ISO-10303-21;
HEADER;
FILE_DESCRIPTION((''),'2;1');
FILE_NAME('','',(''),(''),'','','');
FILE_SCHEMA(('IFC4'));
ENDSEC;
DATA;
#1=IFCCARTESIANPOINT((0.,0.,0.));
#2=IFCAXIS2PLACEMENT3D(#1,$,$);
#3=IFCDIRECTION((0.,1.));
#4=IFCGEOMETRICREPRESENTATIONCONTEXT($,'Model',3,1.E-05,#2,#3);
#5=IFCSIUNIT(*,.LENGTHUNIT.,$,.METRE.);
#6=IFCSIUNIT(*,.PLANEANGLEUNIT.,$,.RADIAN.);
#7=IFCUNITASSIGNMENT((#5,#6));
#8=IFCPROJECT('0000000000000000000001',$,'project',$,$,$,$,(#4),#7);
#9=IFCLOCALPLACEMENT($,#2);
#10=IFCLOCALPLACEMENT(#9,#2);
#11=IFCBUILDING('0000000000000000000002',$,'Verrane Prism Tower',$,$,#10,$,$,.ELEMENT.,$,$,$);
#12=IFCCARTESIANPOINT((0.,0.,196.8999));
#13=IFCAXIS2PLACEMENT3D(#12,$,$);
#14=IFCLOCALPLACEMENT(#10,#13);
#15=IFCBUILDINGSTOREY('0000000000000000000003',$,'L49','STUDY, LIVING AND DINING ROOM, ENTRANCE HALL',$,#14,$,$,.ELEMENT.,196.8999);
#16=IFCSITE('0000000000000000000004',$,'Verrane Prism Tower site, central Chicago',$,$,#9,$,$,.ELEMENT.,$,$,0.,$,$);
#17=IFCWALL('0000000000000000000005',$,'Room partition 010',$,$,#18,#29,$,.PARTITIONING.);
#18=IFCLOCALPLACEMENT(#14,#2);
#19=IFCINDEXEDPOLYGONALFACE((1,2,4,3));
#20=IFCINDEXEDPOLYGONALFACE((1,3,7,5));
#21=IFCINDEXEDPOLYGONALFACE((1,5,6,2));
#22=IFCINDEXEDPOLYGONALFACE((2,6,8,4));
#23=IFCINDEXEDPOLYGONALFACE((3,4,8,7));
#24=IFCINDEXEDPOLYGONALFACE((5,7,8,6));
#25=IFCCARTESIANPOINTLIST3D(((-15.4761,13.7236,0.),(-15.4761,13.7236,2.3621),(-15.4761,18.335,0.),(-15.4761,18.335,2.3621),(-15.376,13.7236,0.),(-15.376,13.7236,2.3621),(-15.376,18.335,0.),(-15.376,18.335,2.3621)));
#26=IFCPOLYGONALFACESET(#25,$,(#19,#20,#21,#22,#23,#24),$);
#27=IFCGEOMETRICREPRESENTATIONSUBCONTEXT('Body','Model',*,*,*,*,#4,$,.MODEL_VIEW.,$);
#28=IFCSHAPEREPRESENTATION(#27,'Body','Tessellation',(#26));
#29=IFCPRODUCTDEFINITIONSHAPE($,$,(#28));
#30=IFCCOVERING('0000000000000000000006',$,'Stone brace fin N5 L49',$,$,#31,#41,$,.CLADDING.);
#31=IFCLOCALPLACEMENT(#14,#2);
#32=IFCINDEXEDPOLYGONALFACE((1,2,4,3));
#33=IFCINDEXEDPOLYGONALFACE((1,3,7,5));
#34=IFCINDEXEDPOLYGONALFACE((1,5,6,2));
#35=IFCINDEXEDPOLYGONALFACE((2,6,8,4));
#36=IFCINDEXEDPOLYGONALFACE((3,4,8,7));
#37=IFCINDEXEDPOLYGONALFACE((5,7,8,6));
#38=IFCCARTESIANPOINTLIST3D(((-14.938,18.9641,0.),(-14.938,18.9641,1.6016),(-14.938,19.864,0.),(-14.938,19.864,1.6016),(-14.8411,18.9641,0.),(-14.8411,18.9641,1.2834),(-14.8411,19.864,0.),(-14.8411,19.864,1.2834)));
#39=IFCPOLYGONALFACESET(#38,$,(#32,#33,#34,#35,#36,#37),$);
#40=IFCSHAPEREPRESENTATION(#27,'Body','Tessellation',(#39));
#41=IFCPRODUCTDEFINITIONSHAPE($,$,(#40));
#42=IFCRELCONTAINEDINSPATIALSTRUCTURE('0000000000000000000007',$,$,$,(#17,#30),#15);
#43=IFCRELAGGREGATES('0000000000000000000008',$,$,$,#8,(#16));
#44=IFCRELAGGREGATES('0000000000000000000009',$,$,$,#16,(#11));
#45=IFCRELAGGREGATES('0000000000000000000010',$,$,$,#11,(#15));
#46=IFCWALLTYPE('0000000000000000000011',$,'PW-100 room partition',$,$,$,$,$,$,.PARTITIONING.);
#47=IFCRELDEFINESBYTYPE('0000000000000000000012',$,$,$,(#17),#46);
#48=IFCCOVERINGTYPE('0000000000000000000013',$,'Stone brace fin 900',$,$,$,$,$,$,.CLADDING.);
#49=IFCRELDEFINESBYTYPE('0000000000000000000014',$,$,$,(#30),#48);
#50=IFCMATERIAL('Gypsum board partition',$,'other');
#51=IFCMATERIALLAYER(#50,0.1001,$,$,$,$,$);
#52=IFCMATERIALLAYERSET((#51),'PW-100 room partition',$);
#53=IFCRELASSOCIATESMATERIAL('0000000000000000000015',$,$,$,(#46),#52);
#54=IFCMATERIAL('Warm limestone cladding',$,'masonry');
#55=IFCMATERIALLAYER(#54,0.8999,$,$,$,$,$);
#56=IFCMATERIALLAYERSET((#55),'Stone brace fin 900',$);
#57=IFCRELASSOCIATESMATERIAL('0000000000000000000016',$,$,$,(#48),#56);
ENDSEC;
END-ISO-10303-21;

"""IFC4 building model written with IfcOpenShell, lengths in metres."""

from ifc_helpers import new_model, si_unit, direction, frame, frame_2d, origin, place, context, subcontext, project, spatial, polyline, rectangle, outline, extrude, material, layer, layer_set, type_object, element, save


model = new_model("IFC4")

# Units and contexts
model_context = context("Model", 3, precision=1e-05, world=origin(), true_north=direction((0.0, 1.0)))
body_context = subcontext(model_context, "Body", "Model", "MODEL_VIEW")
ifc_project = project(units=[si_unit("LENGTHUNIT", "METRE"), si_unit("PLANEANGLEUNIT", "RADIAN")], contexts=[model_context])

# Site, building, storey
site_placement = place(None, origin())
site = spatial("IfcSite", under=ifc_project, at=site_placement, Name="Verrane Prism Tower site, central Chicago", CompositionType="ELEMENT", RefElevation=0.0)
building_placement = place(site_placement, origin())
building = spatial("IfcBuilding", under=site, at=building_placement, Name="Verrane Prism Tower", CompositionType="ELEMENT")
storey_placement = place(building_placement, frame((0.0, 0.0, 196.8999)))
storey = spatial("IfcBuildingStorey", under=building, at=storey_placement, Name="L49", Description="STUDY, LIVING AND DINING ROOM, ENTRANCE HALL", CompositionType="ELEMENT", Elevation=196.8999)

# Shared definitions
ifc_material_1 = material(Name="Gypsum board partition", Category="other")
ifc_layer_1 = layer(ifc_material_1, 0.1001)
ifc_layer_set_1 = layer_set([ifc_layer_1], Name="PW-100 room partition")
wall_type = type_object("IfcWallType", Name="PW-100 room partition", PredefinedType="PARTITIONING", material=ifc_layer_set_1)

# Wall
wall_1_placement = place(storey_placement, frame((-15.426, 13.7236, 0.0), z_axis=(0.0, 0.0, 1.0), x_axis=(0.0, 1.0, 0.0)))
element("IfcWall", 1, at=wall_1_placement, inside=storey, type_object=wall_type, Name="Room partition 010", PredefinedType="PARTITIONING", context=body_context, shape_type="SweptSolid", body=[
    extrude(rectangle(XDim=4.6113, YDim=0.1001, at=frame_2d((2.3057, 0.0))), origin(), (0.0, 0.0, 1.0), 2.3621),
])

# Covering
ifc_material_2 = material(Name="Warm limestone cladding", Category="masonry")
ifc_layer_2 = layer(ifc_material_2, 0.8999)
ifc_layer_set_2 = layer_set([ifc_layer_2], Name="Stone brace fin 900")
covering_type = type_object("IfcCoveringType", Name="Stone brace fin 900", PredefinedType="CLADDING", material=ifc_layer_set_2)
covering_placement = place(storey_placement, frame((-14.8411, 19.4141, 0.0), z_axis=(0.0, 0.0, 1.0), x_axis=(-1.0, 0.0, 0.0)))
element("IfcCovering", 2, at=covering_placement, inside=storey, type_object=covering_type, Name="Stone brace fin N5 L49", PredefinedType="CLADDING", context=body_context, shape_type="SweptSolid", body=[
    extrude(outline(polyline([(0.0, 0.0), (0.0969, 0.0), (0.0969, 1.6016), (0.0, 1.2834), (0.0, 0.0)])), frame((0.0, 0.45, 0.0), z_axis=(0.0, -1.0, 0.0), x_axis=(1.0, 0.0, 0.0)), (0.0, 0.0, 1.0), 0.8999),
])

save(model, "model.ifc")
